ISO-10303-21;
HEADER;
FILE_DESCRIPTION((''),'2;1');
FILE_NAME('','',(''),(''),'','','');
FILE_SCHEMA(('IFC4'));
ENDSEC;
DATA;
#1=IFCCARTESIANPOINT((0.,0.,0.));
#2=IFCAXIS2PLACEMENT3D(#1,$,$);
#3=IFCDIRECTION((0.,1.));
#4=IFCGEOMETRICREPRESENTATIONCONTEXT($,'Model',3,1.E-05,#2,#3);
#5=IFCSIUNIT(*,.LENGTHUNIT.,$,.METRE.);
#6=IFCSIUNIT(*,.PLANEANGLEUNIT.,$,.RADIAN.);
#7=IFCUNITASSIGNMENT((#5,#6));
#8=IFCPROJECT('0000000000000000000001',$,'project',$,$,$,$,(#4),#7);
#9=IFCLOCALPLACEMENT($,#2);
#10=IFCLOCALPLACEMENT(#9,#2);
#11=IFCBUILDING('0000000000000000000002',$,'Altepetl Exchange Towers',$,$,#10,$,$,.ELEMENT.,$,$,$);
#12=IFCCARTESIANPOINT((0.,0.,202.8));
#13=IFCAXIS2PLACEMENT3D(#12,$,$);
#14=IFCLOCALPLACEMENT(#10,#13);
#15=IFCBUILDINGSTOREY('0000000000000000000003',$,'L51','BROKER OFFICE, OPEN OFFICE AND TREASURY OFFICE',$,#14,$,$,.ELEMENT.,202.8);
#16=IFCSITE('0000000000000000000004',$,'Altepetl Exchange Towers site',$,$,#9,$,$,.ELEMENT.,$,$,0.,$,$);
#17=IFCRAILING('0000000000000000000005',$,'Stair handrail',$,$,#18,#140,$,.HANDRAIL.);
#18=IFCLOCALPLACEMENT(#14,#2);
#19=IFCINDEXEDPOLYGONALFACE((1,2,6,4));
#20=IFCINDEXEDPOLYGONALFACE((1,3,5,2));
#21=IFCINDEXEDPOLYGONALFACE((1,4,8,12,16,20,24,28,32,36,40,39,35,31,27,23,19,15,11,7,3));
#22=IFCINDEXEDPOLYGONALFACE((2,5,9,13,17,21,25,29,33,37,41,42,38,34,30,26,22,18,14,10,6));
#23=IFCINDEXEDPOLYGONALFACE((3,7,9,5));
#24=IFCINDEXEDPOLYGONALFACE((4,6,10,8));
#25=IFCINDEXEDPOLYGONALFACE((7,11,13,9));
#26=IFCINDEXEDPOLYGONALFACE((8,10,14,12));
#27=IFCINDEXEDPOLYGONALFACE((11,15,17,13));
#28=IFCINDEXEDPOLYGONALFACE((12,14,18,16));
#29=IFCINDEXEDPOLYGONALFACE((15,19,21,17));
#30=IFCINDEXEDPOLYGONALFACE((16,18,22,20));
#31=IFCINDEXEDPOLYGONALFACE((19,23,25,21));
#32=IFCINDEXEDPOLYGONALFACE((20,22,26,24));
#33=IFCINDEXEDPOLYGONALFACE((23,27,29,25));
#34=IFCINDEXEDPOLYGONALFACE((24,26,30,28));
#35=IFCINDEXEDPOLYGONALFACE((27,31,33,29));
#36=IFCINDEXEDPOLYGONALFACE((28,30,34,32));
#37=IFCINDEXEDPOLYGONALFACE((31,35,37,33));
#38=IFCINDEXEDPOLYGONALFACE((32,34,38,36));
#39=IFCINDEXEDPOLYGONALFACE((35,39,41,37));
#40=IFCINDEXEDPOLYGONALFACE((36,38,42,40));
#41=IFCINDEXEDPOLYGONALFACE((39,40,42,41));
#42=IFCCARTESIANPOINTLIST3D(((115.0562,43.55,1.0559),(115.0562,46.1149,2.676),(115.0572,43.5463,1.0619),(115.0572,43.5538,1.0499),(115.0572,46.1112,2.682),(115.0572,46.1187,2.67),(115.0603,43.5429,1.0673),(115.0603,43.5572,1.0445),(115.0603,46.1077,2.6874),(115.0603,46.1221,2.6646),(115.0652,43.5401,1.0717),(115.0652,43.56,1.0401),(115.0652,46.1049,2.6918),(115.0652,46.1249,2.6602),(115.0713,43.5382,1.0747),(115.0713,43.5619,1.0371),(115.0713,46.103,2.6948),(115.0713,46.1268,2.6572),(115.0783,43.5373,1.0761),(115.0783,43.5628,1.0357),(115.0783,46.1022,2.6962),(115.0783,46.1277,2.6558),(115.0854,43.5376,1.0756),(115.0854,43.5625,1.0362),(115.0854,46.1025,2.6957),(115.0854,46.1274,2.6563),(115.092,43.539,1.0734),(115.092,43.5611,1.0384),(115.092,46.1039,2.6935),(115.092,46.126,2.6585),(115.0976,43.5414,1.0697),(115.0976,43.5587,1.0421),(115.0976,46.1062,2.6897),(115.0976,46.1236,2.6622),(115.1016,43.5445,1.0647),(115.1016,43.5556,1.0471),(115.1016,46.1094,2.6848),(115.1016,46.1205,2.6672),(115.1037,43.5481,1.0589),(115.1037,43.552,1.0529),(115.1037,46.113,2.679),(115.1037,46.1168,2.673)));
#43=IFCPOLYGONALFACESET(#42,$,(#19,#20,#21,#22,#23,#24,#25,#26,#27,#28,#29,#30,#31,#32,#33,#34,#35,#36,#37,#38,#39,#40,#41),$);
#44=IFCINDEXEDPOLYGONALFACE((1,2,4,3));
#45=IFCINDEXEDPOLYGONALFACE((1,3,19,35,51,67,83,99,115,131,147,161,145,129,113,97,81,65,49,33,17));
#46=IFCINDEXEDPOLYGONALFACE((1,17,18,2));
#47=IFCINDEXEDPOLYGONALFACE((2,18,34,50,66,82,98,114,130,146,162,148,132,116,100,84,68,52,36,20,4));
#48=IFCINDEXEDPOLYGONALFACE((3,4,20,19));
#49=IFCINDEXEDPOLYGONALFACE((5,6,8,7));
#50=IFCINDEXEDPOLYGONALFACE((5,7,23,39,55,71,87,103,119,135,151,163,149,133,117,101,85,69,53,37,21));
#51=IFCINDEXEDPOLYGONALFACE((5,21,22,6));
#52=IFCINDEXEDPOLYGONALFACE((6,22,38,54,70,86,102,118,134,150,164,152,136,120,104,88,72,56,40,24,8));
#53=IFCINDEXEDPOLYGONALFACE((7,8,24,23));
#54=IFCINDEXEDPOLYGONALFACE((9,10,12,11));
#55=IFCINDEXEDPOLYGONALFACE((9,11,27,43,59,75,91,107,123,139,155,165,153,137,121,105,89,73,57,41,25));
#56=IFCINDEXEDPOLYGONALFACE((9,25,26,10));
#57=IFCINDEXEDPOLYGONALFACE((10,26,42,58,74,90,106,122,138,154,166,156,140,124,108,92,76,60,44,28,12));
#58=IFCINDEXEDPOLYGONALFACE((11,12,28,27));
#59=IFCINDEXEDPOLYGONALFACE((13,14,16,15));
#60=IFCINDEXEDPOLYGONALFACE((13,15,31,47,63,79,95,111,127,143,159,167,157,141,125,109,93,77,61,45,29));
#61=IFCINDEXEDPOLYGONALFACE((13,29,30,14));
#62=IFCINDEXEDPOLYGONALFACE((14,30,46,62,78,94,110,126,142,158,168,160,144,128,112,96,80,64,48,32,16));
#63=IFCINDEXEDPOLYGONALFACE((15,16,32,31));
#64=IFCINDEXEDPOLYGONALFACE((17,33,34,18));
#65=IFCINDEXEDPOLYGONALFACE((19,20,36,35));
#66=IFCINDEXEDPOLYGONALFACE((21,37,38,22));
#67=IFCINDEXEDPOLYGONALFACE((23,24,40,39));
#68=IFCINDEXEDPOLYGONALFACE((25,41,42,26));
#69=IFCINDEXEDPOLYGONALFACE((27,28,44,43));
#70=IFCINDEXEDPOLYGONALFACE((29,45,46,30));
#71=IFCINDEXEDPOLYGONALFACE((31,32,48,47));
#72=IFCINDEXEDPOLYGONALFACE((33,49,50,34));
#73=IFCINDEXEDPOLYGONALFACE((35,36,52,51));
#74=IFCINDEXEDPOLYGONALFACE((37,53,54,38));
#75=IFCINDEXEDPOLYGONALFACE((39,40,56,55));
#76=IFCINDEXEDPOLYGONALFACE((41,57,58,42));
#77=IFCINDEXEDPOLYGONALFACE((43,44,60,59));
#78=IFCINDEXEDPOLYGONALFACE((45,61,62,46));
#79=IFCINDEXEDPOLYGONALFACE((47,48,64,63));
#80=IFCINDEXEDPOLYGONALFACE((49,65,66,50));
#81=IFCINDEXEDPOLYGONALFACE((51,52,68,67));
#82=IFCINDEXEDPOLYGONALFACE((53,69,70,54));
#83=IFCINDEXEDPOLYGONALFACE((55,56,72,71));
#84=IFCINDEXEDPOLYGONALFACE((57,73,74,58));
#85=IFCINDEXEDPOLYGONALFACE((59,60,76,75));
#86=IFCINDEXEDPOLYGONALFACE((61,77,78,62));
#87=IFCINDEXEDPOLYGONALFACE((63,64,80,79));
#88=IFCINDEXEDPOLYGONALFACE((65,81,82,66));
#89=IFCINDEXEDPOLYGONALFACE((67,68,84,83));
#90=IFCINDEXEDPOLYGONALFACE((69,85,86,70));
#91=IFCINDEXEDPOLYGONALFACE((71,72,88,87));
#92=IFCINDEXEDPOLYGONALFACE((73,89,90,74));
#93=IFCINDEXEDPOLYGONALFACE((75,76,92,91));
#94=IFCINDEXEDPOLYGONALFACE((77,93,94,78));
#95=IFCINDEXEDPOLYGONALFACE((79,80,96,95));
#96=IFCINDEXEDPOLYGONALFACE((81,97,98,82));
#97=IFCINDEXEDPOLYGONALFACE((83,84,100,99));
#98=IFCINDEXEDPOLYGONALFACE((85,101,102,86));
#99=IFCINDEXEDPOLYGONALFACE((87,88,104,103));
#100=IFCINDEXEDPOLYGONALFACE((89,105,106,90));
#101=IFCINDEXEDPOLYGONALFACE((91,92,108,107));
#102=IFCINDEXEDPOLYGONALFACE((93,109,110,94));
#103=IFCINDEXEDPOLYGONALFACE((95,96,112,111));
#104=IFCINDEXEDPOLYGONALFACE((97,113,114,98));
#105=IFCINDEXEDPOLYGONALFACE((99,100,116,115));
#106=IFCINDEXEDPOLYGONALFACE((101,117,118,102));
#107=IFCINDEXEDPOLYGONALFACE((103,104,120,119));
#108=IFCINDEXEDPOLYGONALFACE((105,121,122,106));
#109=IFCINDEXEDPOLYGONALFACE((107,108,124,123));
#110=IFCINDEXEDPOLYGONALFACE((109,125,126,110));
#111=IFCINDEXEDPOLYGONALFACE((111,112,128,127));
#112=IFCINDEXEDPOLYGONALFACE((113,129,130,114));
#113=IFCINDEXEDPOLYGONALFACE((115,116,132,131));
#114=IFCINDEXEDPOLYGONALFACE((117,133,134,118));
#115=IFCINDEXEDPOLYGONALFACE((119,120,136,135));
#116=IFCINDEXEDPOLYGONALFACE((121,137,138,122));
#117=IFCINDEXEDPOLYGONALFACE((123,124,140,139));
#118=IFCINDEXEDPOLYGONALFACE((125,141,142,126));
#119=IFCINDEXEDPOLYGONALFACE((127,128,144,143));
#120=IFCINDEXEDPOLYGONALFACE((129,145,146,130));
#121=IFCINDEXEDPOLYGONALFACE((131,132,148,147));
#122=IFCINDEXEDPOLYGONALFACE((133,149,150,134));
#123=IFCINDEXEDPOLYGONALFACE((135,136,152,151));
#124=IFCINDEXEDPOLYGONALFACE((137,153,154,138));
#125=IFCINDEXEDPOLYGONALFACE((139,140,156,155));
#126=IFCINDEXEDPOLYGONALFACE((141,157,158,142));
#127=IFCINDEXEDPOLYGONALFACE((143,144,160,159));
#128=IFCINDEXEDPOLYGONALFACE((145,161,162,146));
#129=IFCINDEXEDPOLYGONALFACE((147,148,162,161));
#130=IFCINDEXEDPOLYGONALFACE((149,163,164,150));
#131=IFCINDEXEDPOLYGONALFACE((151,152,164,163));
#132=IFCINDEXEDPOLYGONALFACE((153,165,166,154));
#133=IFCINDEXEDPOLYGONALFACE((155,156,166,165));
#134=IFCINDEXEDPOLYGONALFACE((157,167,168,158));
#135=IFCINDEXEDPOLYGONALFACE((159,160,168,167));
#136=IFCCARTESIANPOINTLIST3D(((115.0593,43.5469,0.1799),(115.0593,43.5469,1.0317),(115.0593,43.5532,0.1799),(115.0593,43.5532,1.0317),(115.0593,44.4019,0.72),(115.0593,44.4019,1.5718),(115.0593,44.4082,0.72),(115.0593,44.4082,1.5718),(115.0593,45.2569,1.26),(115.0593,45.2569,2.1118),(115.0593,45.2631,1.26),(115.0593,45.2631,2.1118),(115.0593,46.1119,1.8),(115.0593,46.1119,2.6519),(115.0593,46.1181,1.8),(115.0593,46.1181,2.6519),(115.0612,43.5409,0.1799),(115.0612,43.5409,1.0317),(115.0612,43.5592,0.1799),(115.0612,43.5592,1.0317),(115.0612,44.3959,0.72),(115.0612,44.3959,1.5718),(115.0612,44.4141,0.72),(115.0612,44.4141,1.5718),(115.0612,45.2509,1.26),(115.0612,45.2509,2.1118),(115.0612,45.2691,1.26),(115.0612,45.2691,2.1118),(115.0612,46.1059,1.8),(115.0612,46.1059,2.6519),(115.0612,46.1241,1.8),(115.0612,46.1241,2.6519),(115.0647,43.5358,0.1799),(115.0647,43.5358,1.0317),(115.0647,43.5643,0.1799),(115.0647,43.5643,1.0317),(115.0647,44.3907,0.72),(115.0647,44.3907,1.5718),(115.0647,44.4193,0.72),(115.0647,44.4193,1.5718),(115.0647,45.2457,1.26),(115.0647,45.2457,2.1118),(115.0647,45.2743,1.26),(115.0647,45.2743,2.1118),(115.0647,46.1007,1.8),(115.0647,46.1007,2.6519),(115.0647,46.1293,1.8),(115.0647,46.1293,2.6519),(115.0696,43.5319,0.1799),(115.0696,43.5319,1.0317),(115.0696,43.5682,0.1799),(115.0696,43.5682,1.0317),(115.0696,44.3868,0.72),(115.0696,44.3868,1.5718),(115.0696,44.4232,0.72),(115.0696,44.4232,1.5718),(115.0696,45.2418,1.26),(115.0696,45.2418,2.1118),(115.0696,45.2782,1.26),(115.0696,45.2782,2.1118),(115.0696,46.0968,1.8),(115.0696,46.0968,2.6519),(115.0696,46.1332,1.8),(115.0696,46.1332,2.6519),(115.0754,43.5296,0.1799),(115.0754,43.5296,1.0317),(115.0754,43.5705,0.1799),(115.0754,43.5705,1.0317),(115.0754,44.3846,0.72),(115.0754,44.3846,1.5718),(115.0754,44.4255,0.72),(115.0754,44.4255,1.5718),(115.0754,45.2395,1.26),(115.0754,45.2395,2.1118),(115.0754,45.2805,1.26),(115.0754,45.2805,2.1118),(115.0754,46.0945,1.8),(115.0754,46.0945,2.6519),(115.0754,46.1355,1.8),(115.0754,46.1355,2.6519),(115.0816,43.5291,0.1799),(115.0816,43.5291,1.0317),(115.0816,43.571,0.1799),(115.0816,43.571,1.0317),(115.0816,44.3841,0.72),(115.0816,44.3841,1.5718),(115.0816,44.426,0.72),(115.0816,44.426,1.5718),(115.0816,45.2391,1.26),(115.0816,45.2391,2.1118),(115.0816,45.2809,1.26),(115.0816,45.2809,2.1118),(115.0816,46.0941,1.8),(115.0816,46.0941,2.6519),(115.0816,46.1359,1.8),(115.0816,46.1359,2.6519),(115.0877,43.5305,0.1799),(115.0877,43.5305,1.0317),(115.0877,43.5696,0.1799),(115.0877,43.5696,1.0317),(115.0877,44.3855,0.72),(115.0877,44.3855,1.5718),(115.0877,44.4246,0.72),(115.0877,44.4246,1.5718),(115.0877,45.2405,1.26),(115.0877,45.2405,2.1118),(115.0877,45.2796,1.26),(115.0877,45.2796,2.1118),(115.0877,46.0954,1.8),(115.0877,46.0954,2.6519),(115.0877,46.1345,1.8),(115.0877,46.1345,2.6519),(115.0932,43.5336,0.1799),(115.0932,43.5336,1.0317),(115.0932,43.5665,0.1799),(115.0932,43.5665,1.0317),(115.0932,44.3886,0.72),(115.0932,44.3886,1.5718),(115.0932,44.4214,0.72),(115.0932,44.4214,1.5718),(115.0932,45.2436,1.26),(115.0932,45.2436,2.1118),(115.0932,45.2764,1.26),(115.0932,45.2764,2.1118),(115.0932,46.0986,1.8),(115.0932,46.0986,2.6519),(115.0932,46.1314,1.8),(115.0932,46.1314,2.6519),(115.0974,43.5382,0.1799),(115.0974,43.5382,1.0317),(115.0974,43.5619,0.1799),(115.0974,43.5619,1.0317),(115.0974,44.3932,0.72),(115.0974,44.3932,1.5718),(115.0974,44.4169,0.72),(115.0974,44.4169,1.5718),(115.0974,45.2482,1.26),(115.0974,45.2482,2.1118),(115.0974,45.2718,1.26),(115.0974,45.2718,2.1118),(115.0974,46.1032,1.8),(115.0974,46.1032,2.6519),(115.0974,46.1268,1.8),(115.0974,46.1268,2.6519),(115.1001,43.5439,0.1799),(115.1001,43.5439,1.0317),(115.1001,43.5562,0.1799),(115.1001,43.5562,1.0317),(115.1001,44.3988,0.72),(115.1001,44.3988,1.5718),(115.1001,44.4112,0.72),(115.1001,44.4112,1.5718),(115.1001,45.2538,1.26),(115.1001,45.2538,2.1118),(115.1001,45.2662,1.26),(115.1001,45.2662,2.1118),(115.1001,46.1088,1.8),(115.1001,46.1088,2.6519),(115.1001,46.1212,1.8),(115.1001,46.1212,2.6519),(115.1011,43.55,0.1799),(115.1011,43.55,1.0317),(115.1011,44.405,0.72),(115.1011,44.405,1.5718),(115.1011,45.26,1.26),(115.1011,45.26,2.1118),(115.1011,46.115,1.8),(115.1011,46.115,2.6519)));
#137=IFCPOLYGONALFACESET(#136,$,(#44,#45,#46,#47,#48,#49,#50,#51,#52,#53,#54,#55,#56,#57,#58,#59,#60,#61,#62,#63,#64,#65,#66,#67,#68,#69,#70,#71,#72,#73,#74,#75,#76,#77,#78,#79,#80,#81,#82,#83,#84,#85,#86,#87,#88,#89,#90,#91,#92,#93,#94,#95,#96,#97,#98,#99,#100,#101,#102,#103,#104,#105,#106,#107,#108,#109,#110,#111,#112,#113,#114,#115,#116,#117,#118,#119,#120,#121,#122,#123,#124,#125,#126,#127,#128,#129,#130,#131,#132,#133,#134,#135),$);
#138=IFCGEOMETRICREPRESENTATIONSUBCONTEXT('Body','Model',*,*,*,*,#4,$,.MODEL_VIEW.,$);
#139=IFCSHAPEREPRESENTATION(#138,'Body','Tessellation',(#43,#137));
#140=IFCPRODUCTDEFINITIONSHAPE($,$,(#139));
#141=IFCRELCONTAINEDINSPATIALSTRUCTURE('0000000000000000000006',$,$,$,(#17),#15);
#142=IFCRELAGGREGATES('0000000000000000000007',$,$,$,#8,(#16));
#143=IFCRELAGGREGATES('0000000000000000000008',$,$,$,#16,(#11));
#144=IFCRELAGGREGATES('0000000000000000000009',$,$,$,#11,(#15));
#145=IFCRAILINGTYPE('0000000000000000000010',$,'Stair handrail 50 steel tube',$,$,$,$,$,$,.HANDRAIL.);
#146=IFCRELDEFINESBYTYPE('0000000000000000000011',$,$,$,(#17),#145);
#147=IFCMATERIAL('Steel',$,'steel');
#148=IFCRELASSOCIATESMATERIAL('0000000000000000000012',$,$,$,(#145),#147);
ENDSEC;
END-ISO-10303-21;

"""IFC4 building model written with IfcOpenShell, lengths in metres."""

from ifc_helpers import new_model, si_unit, direction, frame, origin, origin_2d, place, context, subcontext, project, spatial, circle, extrude, source, transform, mapped, material, type_object, element, save


model = new_model("IFC4")

# Units and contexts
model_context = context("Model", 3, precision=1e-05, world=origin(), true_north=direction((0.0, 1.0)))
body_context = subcontext(model_context, "Body", "Model", "MODEL_VIEW")
ifc_project = project(units=[si_unit("LENGTHUNIT", "METRE"), si_unit("PLANEANGLEUNIT", "RADIAN")], contexts=[model_context])

# Site, building, storey
site_placement = place(None, origin())
site = spatial("IfcSite", under=ifc_project, at=site_placement, Name="Altepetl Exchange Towers site", CompositionType="ELEMENT", RefElevation=0.0)
building_placement = place(site_placement, origin())
building = spatial("IfcBuilding", under=site, at=building_placement, Name="Altepetl Exchange Towers", CompositionType="ELEMENT")
storey_placement = place(building_placement, frame((0.0, 0.0, 202.8)))
storey = spatial("IfcBuildingStorey", under=building, at=storey_placement, Name="L51", Description="BROKER OFFICE, OPEN OFFICE AND TREASURY OFFICE", CompositionType="ELEMENT", Elevation=202.8)

# Railing
ifc_material_1 = material(Name="Steel", Category="steel")
railing_type = type_object("IfcRailingType", Name="Stair handrail 50 steel tube", PredefinedType="HANDRAIL", material=ifc_material_1)
shared_shape = source(origin(), body_context, "Body", "SweptSolid", [
    extrude(circle(Radius=0.021, at=origin_2d()), origin(), (0.0, 0.0, 1.0), 0.8518),
])
railing_placement = place(storey_placement, frame((115.0801, 43.55, 0.1799)))
element("IfcRailing", 1, at=railing_placement, inside=storey, type_object=railing_type, Name="Stair handrail", PredefinedType="HANDRAIL", context=body_context, shape_type="SweptSolid", body=[
    extrude(circle(Radius=0.0239, at=origin_2d()), frame((0.0, 0.0, 0.876), z_axis=(0.0, 0.845466, 0.534029), x_axis=(-1.0, 0.0, 0.0)), (0.0, 0.0, 1.0), 3.0337),
    mapped(shared_shape, transform((0.0, 0.0, 0.0))),
    mapped(shared_shape, transform((0.0, 0.855, 0.54))),
    mapped(shared_shape, transform((0.0, 1.71, 1.0801))),
    mapped(shared_shape, transform((0.0, 2.5649, 1.6201))),
])

save(model, "model.ifc")
